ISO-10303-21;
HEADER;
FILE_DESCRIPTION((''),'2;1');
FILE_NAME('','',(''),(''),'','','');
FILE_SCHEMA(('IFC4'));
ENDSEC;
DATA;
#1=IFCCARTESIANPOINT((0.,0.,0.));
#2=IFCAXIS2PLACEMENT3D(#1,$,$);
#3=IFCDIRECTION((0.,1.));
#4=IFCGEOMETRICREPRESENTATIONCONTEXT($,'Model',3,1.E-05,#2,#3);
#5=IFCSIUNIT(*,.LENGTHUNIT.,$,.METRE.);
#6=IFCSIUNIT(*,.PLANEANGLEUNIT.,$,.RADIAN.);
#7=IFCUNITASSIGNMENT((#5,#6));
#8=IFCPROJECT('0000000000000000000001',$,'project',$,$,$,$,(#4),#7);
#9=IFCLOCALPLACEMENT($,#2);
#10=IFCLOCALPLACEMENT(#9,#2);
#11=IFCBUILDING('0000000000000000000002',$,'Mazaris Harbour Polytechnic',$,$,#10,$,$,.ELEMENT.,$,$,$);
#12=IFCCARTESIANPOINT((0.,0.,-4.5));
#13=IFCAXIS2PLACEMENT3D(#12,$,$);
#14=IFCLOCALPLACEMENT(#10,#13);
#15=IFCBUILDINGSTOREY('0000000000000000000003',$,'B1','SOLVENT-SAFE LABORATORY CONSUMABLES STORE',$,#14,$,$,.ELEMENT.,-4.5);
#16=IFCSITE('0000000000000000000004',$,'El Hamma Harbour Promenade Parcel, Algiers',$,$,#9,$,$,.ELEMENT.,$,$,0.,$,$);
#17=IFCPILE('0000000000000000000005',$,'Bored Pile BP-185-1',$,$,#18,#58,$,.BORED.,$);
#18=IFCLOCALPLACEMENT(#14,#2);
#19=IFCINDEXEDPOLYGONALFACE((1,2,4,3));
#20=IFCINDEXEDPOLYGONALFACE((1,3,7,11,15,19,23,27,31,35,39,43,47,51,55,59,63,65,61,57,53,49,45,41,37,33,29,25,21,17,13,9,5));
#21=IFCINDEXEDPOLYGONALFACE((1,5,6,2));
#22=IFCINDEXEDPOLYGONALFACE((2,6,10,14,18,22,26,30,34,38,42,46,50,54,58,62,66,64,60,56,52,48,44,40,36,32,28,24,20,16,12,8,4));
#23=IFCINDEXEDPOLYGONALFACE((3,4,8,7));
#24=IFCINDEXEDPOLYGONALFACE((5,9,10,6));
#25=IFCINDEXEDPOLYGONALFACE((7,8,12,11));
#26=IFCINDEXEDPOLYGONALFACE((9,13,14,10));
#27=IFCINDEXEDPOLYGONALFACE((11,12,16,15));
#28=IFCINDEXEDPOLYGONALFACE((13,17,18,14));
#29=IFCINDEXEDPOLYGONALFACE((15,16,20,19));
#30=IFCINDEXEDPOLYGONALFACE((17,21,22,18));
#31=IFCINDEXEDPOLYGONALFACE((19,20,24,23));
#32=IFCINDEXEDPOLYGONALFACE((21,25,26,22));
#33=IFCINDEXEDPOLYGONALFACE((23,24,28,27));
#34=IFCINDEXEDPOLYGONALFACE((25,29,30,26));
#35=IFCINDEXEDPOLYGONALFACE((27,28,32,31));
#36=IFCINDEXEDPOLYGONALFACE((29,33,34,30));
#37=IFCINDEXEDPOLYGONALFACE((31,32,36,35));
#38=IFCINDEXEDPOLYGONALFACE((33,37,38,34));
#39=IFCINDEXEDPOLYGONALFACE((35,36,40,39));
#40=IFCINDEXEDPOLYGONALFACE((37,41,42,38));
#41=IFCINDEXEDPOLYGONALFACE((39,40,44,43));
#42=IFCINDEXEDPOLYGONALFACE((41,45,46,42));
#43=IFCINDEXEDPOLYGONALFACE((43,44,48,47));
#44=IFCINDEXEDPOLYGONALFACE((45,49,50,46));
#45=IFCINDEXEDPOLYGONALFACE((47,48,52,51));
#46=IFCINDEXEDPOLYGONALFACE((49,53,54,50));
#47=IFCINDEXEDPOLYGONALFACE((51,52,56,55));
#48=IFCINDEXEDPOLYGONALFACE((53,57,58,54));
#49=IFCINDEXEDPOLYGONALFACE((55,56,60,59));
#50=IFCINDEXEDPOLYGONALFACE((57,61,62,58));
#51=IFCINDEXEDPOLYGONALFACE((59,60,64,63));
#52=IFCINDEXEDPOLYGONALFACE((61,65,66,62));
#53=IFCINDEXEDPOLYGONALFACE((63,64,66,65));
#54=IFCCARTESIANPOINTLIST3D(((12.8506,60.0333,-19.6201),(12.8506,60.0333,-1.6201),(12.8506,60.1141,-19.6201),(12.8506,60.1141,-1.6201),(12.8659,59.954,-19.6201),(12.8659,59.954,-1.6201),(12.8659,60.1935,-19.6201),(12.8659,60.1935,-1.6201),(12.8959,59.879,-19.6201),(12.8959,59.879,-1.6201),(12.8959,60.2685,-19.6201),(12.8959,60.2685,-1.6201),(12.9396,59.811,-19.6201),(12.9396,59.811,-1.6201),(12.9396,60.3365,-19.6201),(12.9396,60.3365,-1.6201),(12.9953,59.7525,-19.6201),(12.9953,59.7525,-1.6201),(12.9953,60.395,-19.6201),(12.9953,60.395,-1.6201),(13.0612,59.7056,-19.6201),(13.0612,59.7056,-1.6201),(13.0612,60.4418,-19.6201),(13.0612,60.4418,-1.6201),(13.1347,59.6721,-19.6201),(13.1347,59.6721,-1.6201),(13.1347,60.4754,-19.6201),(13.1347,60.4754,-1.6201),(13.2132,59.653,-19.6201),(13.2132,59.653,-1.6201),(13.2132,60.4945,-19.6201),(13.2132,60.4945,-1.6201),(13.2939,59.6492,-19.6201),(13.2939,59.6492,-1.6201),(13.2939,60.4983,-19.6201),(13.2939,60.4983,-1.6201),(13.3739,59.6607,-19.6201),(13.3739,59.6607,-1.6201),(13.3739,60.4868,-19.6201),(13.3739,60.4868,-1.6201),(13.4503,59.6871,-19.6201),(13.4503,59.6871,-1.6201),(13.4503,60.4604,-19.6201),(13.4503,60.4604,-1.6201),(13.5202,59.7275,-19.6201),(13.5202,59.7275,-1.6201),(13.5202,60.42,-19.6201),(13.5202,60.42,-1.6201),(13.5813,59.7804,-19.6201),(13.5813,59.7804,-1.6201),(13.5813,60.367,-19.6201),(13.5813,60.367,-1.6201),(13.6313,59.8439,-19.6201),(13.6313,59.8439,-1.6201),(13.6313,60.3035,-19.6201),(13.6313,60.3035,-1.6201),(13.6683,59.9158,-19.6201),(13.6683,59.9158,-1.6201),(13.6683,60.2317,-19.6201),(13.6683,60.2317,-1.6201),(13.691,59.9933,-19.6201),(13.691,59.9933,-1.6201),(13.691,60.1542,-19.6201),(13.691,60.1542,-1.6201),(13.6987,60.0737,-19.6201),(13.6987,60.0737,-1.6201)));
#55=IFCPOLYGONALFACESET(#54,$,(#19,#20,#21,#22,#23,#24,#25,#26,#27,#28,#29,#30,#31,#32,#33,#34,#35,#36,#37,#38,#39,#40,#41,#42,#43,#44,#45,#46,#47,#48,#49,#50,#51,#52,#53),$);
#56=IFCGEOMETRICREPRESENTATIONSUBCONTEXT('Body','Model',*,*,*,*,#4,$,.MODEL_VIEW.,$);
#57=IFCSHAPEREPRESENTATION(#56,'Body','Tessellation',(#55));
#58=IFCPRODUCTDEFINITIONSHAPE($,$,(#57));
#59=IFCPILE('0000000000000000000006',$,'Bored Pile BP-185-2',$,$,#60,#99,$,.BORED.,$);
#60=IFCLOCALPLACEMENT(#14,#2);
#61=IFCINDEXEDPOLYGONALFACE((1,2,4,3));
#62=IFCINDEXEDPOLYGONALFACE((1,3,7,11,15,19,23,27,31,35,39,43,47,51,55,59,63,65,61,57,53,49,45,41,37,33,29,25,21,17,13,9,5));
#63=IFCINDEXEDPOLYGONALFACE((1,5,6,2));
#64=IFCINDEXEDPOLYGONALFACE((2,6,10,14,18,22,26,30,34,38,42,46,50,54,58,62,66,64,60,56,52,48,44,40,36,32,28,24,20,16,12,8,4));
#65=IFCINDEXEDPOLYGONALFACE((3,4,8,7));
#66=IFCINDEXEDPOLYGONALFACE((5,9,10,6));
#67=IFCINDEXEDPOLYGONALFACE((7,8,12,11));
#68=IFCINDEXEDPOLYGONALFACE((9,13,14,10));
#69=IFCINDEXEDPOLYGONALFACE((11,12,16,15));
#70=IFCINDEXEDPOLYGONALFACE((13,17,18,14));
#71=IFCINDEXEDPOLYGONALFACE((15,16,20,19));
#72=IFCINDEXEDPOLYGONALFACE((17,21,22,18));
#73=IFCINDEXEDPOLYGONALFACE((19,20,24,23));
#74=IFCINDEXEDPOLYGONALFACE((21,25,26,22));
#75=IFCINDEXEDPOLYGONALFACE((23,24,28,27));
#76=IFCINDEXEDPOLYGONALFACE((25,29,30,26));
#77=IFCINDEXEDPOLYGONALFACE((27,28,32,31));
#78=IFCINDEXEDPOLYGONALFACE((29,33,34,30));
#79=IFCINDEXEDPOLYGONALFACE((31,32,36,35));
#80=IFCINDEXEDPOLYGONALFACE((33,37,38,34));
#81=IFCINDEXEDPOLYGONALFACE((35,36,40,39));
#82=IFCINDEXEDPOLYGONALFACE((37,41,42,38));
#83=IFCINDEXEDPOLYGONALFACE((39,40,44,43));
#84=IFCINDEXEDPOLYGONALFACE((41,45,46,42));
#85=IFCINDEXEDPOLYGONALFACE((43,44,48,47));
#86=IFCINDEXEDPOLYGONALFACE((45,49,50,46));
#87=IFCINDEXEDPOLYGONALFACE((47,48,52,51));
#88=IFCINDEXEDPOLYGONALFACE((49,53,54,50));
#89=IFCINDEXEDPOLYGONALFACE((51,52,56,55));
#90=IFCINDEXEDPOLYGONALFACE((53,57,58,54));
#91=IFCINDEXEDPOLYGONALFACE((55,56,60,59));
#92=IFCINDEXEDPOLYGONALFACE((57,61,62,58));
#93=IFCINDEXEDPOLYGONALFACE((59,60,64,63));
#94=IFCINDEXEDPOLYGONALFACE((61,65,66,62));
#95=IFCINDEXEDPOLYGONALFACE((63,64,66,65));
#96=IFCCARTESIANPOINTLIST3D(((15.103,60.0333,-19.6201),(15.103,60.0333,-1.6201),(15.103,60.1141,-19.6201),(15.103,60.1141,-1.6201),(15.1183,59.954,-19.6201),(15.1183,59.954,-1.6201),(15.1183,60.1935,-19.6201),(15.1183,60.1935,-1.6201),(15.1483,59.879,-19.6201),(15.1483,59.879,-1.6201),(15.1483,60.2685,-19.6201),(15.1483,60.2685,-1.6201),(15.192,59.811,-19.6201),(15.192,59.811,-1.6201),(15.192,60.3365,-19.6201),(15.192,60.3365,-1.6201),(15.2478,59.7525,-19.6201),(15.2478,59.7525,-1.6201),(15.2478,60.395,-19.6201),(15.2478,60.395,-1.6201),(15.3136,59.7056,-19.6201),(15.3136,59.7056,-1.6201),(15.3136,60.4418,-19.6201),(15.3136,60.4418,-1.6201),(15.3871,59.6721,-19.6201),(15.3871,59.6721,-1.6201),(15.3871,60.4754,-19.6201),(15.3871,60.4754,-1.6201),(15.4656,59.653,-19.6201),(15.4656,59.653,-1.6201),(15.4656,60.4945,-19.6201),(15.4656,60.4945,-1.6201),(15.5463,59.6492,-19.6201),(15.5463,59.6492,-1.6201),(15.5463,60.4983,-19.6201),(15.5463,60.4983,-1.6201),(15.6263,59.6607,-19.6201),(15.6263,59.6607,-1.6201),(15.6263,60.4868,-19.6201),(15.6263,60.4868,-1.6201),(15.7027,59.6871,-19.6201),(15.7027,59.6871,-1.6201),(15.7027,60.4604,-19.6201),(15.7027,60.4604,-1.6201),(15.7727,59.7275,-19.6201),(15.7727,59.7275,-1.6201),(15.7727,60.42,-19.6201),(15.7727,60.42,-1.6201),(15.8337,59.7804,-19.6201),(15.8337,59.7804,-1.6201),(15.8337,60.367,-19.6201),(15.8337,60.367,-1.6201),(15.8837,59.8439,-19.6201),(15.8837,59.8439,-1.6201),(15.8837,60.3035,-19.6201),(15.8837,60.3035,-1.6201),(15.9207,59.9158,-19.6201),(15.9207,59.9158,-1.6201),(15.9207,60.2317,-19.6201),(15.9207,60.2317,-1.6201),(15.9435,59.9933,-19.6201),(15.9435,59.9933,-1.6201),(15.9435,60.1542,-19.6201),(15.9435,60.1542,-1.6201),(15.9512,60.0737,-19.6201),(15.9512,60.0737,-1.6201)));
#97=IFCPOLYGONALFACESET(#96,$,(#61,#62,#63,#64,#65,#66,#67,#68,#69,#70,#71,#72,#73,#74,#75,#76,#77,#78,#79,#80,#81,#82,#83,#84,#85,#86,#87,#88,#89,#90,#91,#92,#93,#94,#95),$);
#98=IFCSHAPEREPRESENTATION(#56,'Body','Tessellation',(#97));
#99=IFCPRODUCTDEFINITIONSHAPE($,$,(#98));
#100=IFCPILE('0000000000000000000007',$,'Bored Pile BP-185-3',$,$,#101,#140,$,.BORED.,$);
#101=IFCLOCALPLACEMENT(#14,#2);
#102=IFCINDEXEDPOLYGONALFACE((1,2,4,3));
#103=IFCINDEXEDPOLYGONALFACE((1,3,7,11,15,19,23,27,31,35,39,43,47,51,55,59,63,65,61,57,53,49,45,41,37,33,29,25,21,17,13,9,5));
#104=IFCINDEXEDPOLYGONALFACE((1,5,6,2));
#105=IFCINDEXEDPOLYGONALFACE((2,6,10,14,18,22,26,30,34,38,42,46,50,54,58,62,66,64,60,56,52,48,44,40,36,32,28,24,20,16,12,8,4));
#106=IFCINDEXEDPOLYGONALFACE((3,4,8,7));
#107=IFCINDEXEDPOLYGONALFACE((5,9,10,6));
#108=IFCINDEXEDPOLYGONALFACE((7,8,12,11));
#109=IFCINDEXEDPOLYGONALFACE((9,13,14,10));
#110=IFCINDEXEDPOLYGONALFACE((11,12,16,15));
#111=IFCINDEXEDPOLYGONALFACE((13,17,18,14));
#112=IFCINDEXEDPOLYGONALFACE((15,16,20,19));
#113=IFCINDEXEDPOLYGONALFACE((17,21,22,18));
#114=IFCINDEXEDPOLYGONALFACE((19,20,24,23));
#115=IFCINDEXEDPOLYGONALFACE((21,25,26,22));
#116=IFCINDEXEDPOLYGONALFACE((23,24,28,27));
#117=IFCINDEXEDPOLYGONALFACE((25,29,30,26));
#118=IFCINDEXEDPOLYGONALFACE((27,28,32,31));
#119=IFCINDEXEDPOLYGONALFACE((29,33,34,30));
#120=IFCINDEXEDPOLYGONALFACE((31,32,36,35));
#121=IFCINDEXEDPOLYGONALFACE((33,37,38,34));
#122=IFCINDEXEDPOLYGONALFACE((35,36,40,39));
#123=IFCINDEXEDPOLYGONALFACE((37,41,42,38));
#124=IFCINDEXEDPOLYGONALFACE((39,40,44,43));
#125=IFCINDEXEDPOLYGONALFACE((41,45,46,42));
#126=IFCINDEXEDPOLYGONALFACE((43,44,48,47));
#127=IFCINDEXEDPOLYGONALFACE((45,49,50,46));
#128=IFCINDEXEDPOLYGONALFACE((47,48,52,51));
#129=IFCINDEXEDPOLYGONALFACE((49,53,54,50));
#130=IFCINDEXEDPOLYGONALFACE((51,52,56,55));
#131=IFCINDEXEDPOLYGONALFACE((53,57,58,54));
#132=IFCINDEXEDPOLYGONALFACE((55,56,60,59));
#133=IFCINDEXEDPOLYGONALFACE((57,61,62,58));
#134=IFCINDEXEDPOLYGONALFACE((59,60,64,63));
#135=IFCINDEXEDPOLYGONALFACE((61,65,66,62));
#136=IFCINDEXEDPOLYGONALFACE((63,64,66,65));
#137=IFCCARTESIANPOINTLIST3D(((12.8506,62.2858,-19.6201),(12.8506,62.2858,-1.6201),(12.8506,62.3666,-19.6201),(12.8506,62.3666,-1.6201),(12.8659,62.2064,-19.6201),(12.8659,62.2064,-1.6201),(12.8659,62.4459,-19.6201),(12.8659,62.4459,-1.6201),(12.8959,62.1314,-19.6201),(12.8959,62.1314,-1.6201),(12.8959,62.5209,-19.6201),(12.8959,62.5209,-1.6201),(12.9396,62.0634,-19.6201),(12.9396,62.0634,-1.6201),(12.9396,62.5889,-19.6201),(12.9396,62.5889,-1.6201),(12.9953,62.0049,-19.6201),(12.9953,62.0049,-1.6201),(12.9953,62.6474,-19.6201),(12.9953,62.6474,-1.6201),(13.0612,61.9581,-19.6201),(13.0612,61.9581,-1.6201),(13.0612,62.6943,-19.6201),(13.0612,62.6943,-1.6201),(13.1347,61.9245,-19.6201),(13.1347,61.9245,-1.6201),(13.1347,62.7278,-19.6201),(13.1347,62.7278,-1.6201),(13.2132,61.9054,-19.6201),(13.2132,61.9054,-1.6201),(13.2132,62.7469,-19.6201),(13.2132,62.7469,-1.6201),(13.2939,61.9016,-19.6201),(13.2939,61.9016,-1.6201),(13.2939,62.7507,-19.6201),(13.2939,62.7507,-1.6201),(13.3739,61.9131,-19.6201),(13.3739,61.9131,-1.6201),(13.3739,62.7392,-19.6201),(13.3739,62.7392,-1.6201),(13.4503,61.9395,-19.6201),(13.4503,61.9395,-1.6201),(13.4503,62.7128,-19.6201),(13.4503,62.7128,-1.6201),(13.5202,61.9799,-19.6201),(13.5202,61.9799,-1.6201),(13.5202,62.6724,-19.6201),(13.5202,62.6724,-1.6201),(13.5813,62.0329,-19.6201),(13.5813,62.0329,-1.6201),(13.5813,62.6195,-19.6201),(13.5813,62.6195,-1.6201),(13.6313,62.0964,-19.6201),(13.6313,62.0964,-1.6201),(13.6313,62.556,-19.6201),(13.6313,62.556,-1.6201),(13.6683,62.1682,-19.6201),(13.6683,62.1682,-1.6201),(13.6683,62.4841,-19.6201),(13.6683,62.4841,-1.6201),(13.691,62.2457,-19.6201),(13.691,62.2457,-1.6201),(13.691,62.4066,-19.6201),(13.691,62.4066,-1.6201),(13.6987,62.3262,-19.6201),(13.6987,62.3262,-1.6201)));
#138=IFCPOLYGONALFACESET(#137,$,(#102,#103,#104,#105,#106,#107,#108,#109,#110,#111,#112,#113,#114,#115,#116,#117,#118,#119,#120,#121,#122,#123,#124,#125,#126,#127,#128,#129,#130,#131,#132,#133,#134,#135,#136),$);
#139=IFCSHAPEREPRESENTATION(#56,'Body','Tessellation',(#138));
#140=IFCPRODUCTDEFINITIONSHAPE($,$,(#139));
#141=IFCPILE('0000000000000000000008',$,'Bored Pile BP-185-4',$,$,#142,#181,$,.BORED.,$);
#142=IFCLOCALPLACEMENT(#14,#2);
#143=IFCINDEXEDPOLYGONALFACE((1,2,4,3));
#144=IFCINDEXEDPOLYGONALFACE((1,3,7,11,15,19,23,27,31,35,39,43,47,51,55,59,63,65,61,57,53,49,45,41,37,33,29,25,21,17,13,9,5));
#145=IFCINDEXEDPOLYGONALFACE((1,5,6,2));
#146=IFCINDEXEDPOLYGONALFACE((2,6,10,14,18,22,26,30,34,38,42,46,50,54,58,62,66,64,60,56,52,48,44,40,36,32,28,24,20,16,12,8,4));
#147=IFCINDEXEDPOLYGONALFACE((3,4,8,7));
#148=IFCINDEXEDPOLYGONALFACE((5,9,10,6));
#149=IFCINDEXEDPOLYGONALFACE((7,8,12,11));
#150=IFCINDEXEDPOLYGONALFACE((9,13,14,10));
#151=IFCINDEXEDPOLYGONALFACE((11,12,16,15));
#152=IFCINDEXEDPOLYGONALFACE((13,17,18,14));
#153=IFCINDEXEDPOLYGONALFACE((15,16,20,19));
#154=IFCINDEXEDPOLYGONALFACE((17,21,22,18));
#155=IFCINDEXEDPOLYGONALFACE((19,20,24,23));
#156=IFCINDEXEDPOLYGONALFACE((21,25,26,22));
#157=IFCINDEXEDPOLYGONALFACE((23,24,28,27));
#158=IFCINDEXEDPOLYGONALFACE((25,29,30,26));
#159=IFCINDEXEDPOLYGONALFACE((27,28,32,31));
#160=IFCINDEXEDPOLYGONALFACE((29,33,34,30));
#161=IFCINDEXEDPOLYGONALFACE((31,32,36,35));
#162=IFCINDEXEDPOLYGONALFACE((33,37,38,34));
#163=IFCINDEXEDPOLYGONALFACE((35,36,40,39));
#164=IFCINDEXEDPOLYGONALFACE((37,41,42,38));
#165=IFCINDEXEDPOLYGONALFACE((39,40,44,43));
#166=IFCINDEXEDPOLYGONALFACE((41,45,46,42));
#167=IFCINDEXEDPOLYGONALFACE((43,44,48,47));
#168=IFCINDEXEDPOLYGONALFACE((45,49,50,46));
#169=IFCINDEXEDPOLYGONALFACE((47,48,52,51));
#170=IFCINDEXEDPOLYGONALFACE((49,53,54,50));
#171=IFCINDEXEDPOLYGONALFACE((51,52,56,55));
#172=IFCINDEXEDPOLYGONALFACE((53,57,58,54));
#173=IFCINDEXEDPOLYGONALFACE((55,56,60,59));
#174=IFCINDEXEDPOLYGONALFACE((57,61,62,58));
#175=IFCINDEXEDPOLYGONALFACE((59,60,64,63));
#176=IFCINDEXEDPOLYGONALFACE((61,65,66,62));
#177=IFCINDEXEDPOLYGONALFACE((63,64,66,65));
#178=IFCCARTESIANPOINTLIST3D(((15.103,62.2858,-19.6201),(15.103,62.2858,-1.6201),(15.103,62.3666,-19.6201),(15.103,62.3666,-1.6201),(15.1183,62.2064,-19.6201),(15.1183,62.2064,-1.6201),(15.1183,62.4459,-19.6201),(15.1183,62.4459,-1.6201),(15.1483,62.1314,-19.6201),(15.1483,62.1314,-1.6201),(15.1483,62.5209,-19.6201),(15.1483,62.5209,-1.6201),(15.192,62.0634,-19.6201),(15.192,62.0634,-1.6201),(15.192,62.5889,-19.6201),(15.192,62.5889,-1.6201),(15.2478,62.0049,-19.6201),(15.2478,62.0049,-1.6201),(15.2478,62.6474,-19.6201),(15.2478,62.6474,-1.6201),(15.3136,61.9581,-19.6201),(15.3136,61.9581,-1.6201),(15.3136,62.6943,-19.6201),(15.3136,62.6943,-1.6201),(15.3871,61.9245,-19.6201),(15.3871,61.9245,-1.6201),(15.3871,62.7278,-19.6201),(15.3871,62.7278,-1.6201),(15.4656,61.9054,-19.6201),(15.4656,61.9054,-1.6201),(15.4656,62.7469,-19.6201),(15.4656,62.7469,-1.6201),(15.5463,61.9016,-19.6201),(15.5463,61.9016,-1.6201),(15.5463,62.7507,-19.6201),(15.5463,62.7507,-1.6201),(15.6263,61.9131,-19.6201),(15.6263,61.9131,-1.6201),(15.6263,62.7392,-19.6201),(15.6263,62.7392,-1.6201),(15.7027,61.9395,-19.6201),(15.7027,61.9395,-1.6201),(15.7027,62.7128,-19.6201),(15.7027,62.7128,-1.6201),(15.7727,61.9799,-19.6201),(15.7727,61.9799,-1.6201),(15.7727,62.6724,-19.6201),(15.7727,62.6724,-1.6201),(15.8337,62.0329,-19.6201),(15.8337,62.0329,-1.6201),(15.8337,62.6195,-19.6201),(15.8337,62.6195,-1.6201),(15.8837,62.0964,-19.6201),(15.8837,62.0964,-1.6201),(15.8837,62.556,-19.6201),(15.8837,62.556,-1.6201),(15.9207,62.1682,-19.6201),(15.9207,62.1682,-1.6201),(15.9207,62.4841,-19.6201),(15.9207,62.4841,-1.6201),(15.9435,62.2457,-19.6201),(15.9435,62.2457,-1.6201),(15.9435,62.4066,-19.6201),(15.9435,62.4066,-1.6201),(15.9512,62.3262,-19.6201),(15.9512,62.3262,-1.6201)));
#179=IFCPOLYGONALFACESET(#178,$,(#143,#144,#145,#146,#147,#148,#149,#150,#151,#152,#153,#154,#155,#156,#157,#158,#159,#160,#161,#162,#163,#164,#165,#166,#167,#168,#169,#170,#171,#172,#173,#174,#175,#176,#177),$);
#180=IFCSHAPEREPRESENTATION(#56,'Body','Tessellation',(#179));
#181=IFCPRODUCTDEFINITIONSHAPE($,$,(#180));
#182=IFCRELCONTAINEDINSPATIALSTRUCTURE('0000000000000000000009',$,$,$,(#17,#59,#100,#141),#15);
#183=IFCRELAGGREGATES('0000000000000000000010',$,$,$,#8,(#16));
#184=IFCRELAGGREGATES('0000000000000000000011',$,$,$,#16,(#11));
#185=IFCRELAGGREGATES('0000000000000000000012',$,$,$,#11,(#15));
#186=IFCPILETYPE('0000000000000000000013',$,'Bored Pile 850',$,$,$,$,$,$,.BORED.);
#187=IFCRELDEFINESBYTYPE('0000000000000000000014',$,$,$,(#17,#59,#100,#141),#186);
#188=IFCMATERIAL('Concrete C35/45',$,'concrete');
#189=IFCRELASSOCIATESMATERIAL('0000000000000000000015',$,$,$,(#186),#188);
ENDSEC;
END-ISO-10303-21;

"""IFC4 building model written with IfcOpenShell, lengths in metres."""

from ifc_helpers import new_model, si_unit, direction, frame, origin, origin_2d, place, context, subcontext, project, spatial, circle, extrude, material, material_profile, profile_set, type_object, element, save


model = new_model("IFC4")

# Units and contexts
model_context = context("Model", 3, precision=1e-05, world=origin(), true_north=direction((0.0, 1.0)))
body_context = subcontext(model_context, "Body", "Model", "MODEL_VIEW")
ifc_project = project(units=[si_unit("LENGTHUNIT", "METRE"), si_unit("PLANEANGLEUNIT", "RADIAN")], contexts=[model_context])

# Site, building, storey
site_placement = place(None, origin())
site = spatial("IfcSite", under=ifc_project, at=site_placement, Name="El Hamma Harbour Promenade Parcel, Algiers", CompositionType="ELEMENT", RefElevation=0.0)
building_placement = place(site_placement, origin())
building = spatial("IfcBuilding", under=site, at=building_placement, Name="Mazaris Harbour Polytechnic", CompositionType="ELEMENT")
storey_placement = place(building_placement, frame((0.0, 0.0, -4.5)))
storey = spatial("IfcBuildingStorey", under=building, at=storey_placement, Name="B1", Description="SOLVENT-SAFE LABORATORY CONSUMABLES STORE", CompositionType="ELEMENT", Elevation=-4.5)

# Piles
ifc_material_1 = material(Name="Concrete C35/45", Category="concrete")
ifc_material_profile_1 = material_profile(ifc_material_1, circle(Radius=0.425, at=origin_2d()), Name="DIA850")
ifc_profile_set_1 = profile_set([ifc_material_profile_1], Name="Concrete C35/45")
pile_type_1 = type_object("IfcPileType", Name="Bored Pile 850", PredefinedType="BORED", material=ifc_profile_set_1)
for number, where, z_axis, x_axis, name in (
    (1, (13.2737, 60.0737, -1.6201), (0.0, 0.0, -1.0), (1.0, 0.0, 0.0), "Bored Pile BP-185-1"),
    (2, (15.5261, 60.0737, -1.6201), (0.0, 0.0, -1.0), (1.0, 0.0, 0.0), "Bored Pile BP-185-2"),
    (3, (13.2737, 62.3262, -1.6201), (0.0, 0.0, -1.0), (1.0, 0.0, 0.0), "Bored Pile BP-185-3"),
    (4, (15.5261, 62.3262, -1.6201), (0.0, 0.0, -1.0), (1.0, 0.0, 0.0), "Bored Pile BP-185-4"),
):
    element("IfcPile", number, at=place(storey_placement, frame(where, z_axis=z_axis, x_axis=x_axis)), inside=storey, type_object=pile_type_1, Name=name, PredefinedType="BORED", context=body_context, shape_type="SweptSolid", body=[
        extrude(circle(Radius=0.425, at=origin_2d()), origin(), (0.0, 0.0, 1.0), 18.0),
    ])

save(model, "model.ifc")
